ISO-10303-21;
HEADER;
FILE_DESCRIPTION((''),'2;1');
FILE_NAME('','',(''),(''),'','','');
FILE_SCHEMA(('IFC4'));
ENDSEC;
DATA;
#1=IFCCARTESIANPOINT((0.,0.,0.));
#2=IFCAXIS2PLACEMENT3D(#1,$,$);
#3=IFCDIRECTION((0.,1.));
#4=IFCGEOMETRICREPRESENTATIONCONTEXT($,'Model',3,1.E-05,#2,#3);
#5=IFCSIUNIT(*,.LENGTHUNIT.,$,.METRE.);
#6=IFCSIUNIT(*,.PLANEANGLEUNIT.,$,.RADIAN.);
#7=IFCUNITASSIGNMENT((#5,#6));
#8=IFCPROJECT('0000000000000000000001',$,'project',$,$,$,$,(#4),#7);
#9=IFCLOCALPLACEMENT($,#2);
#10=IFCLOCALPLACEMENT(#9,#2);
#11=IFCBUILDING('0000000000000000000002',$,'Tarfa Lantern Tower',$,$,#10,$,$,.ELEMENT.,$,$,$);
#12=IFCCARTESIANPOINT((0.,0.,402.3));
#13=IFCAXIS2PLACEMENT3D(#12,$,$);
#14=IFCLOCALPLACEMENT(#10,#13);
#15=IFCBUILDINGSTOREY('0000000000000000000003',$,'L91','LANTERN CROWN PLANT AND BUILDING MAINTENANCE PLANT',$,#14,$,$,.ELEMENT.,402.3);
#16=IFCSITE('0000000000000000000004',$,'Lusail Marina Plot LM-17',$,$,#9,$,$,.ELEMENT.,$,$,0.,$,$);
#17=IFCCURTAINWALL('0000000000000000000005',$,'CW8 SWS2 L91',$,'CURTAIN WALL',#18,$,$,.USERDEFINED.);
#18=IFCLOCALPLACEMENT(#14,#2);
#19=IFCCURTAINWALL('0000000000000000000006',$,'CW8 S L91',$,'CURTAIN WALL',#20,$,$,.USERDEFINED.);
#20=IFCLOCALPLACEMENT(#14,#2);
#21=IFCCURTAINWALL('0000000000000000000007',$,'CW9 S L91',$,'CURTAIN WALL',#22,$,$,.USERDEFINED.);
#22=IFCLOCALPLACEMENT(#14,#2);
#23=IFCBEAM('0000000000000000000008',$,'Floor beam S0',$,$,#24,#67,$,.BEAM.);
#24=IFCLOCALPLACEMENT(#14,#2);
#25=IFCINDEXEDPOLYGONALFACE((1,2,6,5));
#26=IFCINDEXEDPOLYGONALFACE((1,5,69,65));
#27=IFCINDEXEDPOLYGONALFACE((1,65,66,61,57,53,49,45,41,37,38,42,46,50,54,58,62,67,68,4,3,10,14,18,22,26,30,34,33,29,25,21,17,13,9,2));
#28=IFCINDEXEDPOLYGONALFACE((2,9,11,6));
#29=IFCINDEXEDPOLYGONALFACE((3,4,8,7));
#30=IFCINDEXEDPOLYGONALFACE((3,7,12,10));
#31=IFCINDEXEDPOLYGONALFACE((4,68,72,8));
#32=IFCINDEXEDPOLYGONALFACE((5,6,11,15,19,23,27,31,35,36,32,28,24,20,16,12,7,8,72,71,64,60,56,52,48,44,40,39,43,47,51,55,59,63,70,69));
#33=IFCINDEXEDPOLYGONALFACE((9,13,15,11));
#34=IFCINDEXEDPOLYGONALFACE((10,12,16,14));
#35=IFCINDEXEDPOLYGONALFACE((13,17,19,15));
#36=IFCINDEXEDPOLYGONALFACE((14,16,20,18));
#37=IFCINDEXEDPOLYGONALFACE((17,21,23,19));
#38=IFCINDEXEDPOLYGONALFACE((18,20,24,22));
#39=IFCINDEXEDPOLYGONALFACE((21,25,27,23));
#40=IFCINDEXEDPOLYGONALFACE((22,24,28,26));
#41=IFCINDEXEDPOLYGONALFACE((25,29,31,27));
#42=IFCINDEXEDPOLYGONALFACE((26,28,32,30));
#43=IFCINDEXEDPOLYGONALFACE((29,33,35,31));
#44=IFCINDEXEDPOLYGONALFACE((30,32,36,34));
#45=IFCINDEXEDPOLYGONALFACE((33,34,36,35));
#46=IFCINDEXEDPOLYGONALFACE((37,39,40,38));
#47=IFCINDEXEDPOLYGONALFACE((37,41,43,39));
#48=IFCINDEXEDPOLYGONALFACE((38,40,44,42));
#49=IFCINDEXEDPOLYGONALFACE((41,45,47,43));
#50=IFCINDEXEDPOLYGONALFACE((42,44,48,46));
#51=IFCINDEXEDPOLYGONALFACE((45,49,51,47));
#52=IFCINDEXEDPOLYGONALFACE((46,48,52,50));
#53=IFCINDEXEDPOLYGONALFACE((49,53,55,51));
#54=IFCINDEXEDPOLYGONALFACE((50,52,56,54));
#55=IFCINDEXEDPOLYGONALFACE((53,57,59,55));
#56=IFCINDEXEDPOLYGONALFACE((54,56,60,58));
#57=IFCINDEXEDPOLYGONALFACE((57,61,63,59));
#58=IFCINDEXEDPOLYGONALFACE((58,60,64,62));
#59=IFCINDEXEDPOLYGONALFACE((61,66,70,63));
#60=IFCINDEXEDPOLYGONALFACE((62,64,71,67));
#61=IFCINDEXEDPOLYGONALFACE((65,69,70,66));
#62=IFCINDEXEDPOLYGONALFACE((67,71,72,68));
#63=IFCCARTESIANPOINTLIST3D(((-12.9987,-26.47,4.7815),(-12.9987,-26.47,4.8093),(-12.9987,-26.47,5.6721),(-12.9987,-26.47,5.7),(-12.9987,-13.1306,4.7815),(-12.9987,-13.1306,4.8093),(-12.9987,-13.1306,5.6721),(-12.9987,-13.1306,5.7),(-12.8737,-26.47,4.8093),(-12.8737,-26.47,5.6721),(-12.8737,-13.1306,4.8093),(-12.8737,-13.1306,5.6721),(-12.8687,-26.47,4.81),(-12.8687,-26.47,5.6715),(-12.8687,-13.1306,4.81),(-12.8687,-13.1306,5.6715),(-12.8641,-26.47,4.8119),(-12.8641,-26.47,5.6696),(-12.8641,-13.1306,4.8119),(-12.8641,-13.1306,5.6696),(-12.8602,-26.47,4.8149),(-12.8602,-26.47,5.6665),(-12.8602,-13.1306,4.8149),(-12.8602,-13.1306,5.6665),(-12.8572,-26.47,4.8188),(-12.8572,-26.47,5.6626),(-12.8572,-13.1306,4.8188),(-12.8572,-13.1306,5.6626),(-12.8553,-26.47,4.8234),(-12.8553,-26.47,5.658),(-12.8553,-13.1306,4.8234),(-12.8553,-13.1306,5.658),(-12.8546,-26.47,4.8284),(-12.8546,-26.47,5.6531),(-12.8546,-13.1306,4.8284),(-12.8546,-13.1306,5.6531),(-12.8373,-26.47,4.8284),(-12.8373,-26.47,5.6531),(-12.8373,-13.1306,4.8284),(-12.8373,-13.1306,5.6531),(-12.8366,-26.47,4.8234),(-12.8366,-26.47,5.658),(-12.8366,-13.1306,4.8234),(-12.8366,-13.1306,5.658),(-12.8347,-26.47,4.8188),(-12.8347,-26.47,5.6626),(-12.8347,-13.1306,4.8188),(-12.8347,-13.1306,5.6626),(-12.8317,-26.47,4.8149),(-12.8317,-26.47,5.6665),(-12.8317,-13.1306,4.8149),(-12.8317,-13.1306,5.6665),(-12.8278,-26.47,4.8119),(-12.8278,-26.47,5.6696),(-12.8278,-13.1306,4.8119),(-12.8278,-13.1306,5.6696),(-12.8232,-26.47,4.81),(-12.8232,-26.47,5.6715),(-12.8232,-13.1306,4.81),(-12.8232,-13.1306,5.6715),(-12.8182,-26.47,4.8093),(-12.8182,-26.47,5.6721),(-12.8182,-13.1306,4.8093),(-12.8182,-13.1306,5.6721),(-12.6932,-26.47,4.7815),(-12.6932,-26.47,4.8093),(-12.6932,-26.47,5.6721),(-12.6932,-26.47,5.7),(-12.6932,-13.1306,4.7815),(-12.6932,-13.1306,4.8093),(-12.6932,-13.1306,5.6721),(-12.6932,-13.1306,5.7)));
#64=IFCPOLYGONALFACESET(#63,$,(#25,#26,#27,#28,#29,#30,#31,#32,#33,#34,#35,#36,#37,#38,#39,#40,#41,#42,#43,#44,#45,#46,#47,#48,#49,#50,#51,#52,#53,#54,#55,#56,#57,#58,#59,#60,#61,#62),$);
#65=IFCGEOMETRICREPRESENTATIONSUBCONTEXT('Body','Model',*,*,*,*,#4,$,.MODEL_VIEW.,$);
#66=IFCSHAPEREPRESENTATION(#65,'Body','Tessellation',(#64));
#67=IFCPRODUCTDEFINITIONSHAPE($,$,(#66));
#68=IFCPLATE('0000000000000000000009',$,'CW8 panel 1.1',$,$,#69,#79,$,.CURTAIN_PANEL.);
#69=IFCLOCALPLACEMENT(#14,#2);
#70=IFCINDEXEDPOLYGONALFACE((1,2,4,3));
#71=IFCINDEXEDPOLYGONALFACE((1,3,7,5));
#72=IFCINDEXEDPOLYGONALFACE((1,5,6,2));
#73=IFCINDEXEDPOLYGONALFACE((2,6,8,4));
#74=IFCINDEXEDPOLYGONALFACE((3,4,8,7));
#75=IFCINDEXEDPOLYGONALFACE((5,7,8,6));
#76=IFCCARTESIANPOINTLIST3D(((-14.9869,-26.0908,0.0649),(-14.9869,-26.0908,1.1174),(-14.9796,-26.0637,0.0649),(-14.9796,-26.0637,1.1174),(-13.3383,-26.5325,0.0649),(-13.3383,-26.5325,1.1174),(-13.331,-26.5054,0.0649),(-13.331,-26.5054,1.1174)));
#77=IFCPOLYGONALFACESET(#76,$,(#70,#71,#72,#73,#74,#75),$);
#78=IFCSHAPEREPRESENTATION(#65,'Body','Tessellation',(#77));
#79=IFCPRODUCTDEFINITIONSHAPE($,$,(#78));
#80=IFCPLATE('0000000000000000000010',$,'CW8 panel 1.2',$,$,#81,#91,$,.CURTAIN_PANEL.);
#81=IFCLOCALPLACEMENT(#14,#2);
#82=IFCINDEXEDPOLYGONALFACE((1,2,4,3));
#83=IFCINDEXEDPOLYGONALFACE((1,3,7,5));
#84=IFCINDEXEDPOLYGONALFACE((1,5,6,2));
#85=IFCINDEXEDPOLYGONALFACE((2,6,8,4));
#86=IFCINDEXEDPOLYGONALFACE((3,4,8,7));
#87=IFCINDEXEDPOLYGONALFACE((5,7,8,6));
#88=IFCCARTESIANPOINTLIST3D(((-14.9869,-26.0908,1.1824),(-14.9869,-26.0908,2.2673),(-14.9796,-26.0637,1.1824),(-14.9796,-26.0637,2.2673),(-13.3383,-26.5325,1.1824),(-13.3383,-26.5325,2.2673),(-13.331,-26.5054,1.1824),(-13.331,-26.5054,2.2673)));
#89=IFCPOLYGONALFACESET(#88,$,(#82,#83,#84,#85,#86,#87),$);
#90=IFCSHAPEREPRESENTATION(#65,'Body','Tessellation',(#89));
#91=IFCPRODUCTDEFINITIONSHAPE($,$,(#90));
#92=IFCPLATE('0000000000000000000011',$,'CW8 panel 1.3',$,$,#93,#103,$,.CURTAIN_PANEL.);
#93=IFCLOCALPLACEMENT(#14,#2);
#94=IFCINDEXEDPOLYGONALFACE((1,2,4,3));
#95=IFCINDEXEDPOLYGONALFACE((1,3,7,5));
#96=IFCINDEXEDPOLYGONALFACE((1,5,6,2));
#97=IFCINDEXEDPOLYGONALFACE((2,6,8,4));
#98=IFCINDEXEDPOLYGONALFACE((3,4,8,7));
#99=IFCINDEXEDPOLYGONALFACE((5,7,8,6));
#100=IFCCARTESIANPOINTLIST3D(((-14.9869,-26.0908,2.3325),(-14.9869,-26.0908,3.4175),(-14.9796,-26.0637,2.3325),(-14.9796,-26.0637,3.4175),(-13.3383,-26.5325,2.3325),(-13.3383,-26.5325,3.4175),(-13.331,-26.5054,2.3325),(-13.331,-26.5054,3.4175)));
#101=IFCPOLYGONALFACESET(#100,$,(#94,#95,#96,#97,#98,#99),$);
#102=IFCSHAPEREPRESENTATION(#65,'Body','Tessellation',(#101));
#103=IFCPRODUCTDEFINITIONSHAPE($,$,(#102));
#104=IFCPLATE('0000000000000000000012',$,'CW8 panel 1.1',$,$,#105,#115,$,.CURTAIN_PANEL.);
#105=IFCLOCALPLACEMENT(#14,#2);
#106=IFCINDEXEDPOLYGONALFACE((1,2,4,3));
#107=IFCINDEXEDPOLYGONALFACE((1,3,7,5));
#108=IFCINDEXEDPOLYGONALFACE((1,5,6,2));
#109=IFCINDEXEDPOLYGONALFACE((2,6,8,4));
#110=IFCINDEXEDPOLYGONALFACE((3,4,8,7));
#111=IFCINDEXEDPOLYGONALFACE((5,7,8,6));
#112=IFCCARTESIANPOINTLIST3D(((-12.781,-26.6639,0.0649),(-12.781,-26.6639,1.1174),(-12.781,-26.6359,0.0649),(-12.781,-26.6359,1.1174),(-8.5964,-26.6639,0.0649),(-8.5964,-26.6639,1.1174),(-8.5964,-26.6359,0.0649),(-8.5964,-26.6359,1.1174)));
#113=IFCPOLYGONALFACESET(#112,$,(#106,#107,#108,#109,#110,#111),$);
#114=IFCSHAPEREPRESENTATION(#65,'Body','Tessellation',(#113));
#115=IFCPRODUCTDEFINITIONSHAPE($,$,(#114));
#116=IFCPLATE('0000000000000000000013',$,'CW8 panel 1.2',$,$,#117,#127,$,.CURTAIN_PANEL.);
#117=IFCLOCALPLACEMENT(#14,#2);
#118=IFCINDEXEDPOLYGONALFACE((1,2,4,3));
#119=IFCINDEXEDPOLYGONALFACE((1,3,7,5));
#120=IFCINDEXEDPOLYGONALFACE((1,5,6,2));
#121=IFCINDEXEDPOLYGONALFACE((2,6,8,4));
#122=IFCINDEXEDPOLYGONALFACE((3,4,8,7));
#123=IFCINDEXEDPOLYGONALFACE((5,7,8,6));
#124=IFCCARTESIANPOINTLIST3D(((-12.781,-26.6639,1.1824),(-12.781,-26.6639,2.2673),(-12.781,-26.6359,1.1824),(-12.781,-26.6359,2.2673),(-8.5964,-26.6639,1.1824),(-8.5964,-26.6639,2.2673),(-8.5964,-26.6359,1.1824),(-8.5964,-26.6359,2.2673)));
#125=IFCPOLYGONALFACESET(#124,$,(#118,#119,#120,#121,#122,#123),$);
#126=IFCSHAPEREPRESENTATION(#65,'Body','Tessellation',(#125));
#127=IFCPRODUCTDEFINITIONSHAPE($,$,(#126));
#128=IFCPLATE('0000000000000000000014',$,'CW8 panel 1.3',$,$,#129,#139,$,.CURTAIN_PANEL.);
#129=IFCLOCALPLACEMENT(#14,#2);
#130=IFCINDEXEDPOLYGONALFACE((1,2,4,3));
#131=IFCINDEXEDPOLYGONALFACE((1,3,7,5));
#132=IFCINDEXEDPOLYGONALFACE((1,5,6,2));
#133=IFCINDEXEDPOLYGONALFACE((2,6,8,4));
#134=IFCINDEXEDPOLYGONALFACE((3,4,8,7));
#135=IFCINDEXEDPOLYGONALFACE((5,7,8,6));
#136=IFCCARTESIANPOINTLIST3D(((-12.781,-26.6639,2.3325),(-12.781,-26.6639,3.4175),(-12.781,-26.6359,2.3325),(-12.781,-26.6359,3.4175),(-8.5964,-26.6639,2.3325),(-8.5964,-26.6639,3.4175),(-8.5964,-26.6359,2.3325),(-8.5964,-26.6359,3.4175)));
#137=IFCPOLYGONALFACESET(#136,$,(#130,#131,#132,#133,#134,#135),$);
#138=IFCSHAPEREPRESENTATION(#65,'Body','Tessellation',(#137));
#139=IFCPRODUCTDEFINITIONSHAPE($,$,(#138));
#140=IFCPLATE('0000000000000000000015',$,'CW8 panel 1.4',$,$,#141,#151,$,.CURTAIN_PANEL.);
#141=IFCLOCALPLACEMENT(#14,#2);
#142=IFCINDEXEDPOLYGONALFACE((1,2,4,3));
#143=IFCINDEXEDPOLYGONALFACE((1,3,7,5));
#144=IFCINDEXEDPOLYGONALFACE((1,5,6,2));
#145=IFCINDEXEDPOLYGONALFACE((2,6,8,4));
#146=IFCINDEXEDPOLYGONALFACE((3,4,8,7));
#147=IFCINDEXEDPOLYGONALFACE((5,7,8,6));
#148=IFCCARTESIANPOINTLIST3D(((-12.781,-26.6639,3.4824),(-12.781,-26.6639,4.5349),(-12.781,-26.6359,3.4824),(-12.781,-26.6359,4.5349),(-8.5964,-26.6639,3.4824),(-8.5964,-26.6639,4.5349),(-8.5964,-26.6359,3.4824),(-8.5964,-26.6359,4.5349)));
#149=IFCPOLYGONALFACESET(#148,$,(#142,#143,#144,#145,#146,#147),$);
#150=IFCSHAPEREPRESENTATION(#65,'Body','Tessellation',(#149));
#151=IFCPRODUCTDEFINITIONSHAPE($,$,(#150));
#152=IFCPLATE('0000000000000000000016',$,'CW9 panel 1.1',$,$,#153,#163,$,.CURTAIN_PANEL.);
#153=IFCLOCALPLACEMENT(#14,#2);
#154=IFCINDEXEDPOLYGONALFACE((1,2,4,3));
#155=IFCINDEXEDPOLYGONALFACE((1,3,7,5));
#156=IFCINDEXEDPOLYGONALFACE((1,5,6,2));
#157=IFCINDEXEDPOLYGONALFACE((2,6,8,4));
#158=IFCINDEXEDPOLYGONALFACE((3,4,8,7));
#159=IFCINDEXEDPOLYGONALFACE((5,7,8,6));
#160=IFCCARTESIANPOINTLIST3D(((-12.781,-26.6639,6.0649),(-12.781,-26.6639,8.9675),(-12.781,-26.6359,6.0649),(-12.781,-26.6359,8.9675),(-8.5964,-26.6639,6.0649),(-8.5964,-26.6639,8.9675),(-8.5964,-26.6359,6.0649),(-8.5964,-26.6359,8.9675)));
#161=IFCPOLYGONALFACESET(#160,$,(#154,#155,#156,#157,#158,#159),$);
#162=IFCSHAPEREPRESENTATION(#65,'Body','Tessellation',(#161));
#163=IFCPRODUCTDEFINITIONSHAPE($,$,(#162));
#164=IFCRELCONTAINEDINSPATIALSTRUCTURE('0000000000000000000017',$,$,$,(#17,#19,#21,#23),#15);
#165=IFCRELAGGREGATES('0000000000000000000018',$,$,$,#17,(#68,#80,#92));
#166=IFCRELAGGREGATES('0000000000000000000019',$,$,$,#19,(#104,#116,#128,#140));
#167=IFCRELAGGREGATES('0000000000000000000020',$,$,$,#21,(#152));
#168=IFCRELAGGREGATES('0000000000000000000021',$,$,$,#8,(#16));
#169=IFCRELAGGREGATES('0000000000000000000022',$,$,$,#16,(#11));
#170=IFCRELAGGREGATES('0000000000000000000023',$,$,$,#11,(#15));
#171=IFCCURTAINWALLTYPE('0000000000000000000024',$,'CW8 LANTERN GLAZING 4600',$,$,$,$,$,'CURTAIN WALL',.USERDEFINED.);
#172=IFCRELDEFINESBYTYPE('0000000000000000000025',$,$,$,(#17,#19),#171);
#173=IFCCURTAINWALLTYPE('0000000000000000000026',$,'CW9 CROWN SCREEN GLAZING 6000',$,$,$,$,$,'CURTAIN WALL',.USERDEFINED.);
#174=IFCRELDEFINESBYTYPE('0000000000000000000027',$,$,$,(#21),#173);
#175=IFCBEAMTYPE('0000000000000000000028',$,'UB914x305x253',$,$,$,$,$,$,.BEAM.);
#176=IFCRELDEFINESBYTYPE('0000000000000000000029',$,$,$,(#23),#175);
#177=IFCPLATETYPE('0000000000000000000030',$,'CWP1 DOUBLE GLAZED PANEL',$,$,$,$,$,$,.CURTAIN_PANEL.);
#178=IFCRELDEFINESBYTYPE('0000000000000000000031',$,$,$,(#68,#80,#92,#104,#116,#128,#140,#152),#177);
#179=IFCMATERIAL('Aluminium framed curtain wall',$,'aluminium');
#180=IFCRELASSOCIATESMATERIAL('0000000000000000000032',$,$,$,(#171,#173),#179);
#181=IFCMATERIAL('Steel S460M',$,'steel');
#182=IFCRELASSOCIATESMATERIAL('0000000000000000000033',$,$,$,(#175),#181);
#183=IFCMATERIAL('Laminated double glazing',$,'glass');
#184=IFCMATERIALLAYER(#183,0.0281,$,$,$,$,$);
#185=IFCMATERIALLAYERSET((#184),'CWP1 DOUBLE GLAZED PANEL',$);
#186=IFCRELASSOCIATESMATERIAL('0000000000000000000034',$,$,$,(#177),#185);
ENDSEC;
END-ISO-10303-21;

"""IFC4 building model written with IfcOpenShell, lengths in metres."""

from ifc_helpers import new_model, si_unit, direction, frame, origin, origin_2d, place, context, subcontext, project, spatial, rectangle, i_section, extrude, material, layer, layer_set, material_profile, profile_set, type_object, element, aggregate, save


model = new_model("IFC4")

# Units and contexts
model_context = context("Model", 3, precision=1e-05, world=origin(), true_north=direction((0.0, 1.0)))
body_context = subcontext(model_context, "Body", "Model", "MODEL_VIEW")
ifc_project = project(units=[si_unit("LENGTHUNIT", "METRE"), si_unit("PLANEANGLEUNIT", "RADIAN")], contexts=[model_context])

# Site, building, storey
site_placement = place(None, origin())
site = spatial("IfcSite", under=ifc_project, at=site_placement, Name="Lusail Marina Plot LM-17", CompositionType="ELEMENT", RefElevation=0.0)
building_placement = place(site_placement, origin())
building = spatial("IfcBuilding", under=site, at=building_placement, Name="Tarfa Lantern Tower", CompositionType="ELEMENT")
storey_placement = place(building_placement, frame((0.0, 0.0, 402.3)))
storey = spatial("IfcBuildingStorey", under=building, at=storey_placement, Name="L91", Description="LANTERN CROWN PLANT AND BUILDING MAINTENANCE PLANT", CompositionType="ELEMENT", Elevation=402.3)

# Curtain walls
ifc_material_1 = material(Name="Aluminium framed curtain wall", Category="aluminium")
curtain_wall_type_1 = type_object("IfcCurtainWallType", Name="CW8 LANTERN GLAZING 4600", ElementType="CURTAIN WALL", PredefinedType="USERDEFINED", material=ifc_material_1)
curtain_wall_1_placement = place(storey_placement, origin())
curtain_wall_1 = element("IfcCurtainWall", 1, at=curtain_wall_1_placement, inside=storey, type_object=curtain_wall_type_1, Name="CW8 SWS2 L91", ObjectType="CURTAIN WALL", PredefinedType="USERDEFINED")
curtain_wall_2_placement = place(storey_placement, origin())
curtain_wall_2 = element("IfcCurtainWall", 2, at=curtain_wall_2_placement, inside=storey, type_object=curtain_wall_type_1, Name="CW8 S L91", ObjectType="CURTAIN WALL", PredefinedType="USERDEFINED")
curtain_wall_type_2 = type_object("IfcCurtainWallType", Name="CW9 CROWN SCREEN GLAZING 6000", ElementType="CURTAIN WALL", PredefinedType="USERDEFINED", material=ifc_material_1)
curtain_wall_3_placement = place(storey_placement, origin())
curtain_wall_3 = element("IfcCurtainWall", 3, at=curtain_wall_3_placement, inside=storey, type_object=curtain_wall_type_2, Name="CW9 S L91", ObjectType="CURTAIN WALL", PredefinedType="USERDEFINED")

# Beam
ifc_material_2 = material(Name="Steel S460M", Category="steel")
ifc_material_profile_1 = material_profile(ifc_material_2, i_section(OverallWidth=0.3054, OverallDepth=0.9185, WebThickness=0.0173, FlangeThickness=0.0278, FilletRadius=0.019, at=origin_2d()), Name="UB914x305x253")
ifc_profile_set_1 = profile_set([ifc_material_profile_1], Name="Steel S460M")
beam_type_1 = type_object("IfcBeamType", Name="UB914x305x253", PredefinedType="BEAM", material=ifc_profile_set_1)
beam_1_placement = place(storey_placement, frame((-12.8459, -26.47, 5.2407), z_axis=(0.0, 1.0, 0.0), x_axis=(-1.0, 0.0, 0.0)))
element("IfcBeam", 4, at=beam_1_placement, inside=storey, type_object=beam_type_1, Name="Floor beam S0", PredefinedType="BEAM", context=body_context, shape_type="SweptSolid", body=[
    extrude(i_section(OverallWidth=0.3054, OverallDepth=0.9185, WebThickness=0.0173, FlangeThickness=0.0278, FilletRadius=0.019, at=origin_2d()), origin(), (0.0, 0.0, 1.0), 13.3394),
])

# Plates
ifc_material_3 = material(Name="Laminated double glazing", Category="glass")
ifc_layer = layer(ifc_material_3, 0.0281)
ifc_layer_set = layer_set([ifc_layer], Name="CWP1 DOUBLE GLAZED PANEL")
plate_type = type_object("IfcPlateType", Name="CWP1 DOUBLE GLAZED PANEL", PredefinedType="CURTAIN_PANEL", material=ifc_layer_set)
plate_1_placement = place(storey_placement, frame((-14.1589, -26.2981, 0.0649), z_axis=(0.0, 0.0, 1.0), x_axis=(0.965926, -0.258819, 0.0)))
plate_1 = element("IfcPlate", 5, at=plate_1_placement, type_object=plate_type, Name="CW8 panel 1.1", PredefinedType="CURTAIN_PANEL", context=body_context, shape_type="SweptSolid", body=[
    extrude(rectangle(XDim=1.7068, YDim=0.0281, at=origin_2d()), origin(), (0.0, 0.0, 1.0), 1.0525),
])
plate_2_placement = place(storey_placement, frame((-14.1589, -26.2981, 1.1824), z_axis=(0.0, 0.0, 1.0), x_axis=(0.965926, -0.258819, 0.0)))
plate_2 = element("IfcPlate", 6, at=plate_2_placement, type_object=plate_type, Name="CW8 panel 1.2", PredefinedType="CURTAIN_PANEL", context=body_context, shape_type="SweptSolid", body=[
    extrude(rectangle(XDim=1.7068, YDim=0.0281, at=origin_2d()), origin(), (0.0, 0.0, 1.0), 1.085),
])
plate_3_placement = place(storey_placement, frame((-14.1589, -26.2981, 2.3325), z_axis=(0.0, 0.0, 1.0), x_axis=(0.965926, -0.258819, 0.0)))
plate_3 = element("IfcPlate", 7, at=plate_3_placement, type_object=plate_type, Name="CW8 panel 1.3", PredefinedType="CURTAIN_PANEL", context=body_context, shape_type="SweptSolid", body=[
    extrude(rectangle(XDim=1.7068, YDim=0.0281, at=origin_2d()), origin(), (0.0, 0.0, 1.0), 1.085),
])
aggregate(curtain_wall_1, [plate_1, plate_2, plate_3])
plate_4_placement = place(storey_placement, frame((-10.6887, -26.6499, 0.0649), z_axis=(0.0, 0.0, 1.0), x_axis=(1.0, 0.0, 0.0)))
plate_4 = element("IfcPlate", 8, at=plate_4_placement, type_object=plate_type, Name="CW8 panel 1.1", PredefinedType="CURTAIN_PANEL", context=body_context, shape_type="SweptSolid", body=[
    extrude(rectangle(XDim=4.1846, YDim=0.0281, at=origin_2d()), origin(), (0.0, 0.0, 1.0), 1.0525),
])
plate_5_placement = place(storey_placement, frame((-10.6887, -26.6499, 1.1824), z_axis=(0.0, 0.0, 1.0), x_axis=(1.0, 0.0, 0.0)))
plate_5 = element("IfcPlate", 9, at=plate_5_placement, type_object=plate_type, Name="CW8 panel 1.2", PredefinedType="CURTAIN_PANEL", context=body_context, shape_type="SweptSolid", body=[
    extrude(rectangle(XDim=4.1846, YDim=0.0281, at=origin_2d()), origin(), (0.0, 0.0, 1.0), 1.085),
])
plate_6_placement = place(storey_placement, frame((-10.6887, -26.6499, 2.3325), z_axis=(0.0, 0.0, 1.0), x_axis=(1.0, 0.0, 0.0)))
plate_6 = element("IfcPlate", 10, at=plate_6_placement, type_object=plate_type, Name="CW8 panel 1.3", PredefinedType="CURTAIN_PANEL", context=body_context, shape_type="SweptSolid", body=[
    extrude(rectangle(XDim=4.1846, YDim=0.0281, at=origin_2d()), origin(), (0.0, 0.0, 1.0), 1.085),
])
plate_7_placement = place(storey_placement, frame((-10.6887, -26.6499, 3.4824), z_axis=(0.0, 0.0, 1.0), x_axis=(1.0, 0.0, 0.0)))
plate_7 = element("IfcPlate", 11, at=plate_7_placement, type_object=plate_type, Name="CW8 panel 1.4", PredefinedType="CURTAIN_PANEL", context=body_context, shape_type="SweptSolid", body=[
    extrude(rectangle(XDim=4.1846, YDim=0.0281, at=origin_2d()), origin(), (0.0, 0.0, 1.0), 1.0525),
])
aggregate(curtain_wall_2, [plate_4, plate_5, plate_6, plate_7])
plate_8_placement = place(storey_placement, frame((-10.6887, -26.6499, 6.0649), z_axis=(0.0, 0.0, 1.0), x_axis=(1.0, 0.0, 0.0)))
plate_8 = element("IfcPlate", 12, at=plate_8_placement, type_object=plate_type, Name="CW9 panel 1.1", PredefinedType="CURTAIN_PANEL", context=body_context, shape_type="SweptSolid", body=[
    extrude(rectangle(XDim=4.1846, YDim=0.0281, at=origin_2d()), origin(), (0.0, 0.0, 1.0), 2.9026),
])
aggregate(curtain_wall_3, [plate_8])

save(model, "model.ifc")
